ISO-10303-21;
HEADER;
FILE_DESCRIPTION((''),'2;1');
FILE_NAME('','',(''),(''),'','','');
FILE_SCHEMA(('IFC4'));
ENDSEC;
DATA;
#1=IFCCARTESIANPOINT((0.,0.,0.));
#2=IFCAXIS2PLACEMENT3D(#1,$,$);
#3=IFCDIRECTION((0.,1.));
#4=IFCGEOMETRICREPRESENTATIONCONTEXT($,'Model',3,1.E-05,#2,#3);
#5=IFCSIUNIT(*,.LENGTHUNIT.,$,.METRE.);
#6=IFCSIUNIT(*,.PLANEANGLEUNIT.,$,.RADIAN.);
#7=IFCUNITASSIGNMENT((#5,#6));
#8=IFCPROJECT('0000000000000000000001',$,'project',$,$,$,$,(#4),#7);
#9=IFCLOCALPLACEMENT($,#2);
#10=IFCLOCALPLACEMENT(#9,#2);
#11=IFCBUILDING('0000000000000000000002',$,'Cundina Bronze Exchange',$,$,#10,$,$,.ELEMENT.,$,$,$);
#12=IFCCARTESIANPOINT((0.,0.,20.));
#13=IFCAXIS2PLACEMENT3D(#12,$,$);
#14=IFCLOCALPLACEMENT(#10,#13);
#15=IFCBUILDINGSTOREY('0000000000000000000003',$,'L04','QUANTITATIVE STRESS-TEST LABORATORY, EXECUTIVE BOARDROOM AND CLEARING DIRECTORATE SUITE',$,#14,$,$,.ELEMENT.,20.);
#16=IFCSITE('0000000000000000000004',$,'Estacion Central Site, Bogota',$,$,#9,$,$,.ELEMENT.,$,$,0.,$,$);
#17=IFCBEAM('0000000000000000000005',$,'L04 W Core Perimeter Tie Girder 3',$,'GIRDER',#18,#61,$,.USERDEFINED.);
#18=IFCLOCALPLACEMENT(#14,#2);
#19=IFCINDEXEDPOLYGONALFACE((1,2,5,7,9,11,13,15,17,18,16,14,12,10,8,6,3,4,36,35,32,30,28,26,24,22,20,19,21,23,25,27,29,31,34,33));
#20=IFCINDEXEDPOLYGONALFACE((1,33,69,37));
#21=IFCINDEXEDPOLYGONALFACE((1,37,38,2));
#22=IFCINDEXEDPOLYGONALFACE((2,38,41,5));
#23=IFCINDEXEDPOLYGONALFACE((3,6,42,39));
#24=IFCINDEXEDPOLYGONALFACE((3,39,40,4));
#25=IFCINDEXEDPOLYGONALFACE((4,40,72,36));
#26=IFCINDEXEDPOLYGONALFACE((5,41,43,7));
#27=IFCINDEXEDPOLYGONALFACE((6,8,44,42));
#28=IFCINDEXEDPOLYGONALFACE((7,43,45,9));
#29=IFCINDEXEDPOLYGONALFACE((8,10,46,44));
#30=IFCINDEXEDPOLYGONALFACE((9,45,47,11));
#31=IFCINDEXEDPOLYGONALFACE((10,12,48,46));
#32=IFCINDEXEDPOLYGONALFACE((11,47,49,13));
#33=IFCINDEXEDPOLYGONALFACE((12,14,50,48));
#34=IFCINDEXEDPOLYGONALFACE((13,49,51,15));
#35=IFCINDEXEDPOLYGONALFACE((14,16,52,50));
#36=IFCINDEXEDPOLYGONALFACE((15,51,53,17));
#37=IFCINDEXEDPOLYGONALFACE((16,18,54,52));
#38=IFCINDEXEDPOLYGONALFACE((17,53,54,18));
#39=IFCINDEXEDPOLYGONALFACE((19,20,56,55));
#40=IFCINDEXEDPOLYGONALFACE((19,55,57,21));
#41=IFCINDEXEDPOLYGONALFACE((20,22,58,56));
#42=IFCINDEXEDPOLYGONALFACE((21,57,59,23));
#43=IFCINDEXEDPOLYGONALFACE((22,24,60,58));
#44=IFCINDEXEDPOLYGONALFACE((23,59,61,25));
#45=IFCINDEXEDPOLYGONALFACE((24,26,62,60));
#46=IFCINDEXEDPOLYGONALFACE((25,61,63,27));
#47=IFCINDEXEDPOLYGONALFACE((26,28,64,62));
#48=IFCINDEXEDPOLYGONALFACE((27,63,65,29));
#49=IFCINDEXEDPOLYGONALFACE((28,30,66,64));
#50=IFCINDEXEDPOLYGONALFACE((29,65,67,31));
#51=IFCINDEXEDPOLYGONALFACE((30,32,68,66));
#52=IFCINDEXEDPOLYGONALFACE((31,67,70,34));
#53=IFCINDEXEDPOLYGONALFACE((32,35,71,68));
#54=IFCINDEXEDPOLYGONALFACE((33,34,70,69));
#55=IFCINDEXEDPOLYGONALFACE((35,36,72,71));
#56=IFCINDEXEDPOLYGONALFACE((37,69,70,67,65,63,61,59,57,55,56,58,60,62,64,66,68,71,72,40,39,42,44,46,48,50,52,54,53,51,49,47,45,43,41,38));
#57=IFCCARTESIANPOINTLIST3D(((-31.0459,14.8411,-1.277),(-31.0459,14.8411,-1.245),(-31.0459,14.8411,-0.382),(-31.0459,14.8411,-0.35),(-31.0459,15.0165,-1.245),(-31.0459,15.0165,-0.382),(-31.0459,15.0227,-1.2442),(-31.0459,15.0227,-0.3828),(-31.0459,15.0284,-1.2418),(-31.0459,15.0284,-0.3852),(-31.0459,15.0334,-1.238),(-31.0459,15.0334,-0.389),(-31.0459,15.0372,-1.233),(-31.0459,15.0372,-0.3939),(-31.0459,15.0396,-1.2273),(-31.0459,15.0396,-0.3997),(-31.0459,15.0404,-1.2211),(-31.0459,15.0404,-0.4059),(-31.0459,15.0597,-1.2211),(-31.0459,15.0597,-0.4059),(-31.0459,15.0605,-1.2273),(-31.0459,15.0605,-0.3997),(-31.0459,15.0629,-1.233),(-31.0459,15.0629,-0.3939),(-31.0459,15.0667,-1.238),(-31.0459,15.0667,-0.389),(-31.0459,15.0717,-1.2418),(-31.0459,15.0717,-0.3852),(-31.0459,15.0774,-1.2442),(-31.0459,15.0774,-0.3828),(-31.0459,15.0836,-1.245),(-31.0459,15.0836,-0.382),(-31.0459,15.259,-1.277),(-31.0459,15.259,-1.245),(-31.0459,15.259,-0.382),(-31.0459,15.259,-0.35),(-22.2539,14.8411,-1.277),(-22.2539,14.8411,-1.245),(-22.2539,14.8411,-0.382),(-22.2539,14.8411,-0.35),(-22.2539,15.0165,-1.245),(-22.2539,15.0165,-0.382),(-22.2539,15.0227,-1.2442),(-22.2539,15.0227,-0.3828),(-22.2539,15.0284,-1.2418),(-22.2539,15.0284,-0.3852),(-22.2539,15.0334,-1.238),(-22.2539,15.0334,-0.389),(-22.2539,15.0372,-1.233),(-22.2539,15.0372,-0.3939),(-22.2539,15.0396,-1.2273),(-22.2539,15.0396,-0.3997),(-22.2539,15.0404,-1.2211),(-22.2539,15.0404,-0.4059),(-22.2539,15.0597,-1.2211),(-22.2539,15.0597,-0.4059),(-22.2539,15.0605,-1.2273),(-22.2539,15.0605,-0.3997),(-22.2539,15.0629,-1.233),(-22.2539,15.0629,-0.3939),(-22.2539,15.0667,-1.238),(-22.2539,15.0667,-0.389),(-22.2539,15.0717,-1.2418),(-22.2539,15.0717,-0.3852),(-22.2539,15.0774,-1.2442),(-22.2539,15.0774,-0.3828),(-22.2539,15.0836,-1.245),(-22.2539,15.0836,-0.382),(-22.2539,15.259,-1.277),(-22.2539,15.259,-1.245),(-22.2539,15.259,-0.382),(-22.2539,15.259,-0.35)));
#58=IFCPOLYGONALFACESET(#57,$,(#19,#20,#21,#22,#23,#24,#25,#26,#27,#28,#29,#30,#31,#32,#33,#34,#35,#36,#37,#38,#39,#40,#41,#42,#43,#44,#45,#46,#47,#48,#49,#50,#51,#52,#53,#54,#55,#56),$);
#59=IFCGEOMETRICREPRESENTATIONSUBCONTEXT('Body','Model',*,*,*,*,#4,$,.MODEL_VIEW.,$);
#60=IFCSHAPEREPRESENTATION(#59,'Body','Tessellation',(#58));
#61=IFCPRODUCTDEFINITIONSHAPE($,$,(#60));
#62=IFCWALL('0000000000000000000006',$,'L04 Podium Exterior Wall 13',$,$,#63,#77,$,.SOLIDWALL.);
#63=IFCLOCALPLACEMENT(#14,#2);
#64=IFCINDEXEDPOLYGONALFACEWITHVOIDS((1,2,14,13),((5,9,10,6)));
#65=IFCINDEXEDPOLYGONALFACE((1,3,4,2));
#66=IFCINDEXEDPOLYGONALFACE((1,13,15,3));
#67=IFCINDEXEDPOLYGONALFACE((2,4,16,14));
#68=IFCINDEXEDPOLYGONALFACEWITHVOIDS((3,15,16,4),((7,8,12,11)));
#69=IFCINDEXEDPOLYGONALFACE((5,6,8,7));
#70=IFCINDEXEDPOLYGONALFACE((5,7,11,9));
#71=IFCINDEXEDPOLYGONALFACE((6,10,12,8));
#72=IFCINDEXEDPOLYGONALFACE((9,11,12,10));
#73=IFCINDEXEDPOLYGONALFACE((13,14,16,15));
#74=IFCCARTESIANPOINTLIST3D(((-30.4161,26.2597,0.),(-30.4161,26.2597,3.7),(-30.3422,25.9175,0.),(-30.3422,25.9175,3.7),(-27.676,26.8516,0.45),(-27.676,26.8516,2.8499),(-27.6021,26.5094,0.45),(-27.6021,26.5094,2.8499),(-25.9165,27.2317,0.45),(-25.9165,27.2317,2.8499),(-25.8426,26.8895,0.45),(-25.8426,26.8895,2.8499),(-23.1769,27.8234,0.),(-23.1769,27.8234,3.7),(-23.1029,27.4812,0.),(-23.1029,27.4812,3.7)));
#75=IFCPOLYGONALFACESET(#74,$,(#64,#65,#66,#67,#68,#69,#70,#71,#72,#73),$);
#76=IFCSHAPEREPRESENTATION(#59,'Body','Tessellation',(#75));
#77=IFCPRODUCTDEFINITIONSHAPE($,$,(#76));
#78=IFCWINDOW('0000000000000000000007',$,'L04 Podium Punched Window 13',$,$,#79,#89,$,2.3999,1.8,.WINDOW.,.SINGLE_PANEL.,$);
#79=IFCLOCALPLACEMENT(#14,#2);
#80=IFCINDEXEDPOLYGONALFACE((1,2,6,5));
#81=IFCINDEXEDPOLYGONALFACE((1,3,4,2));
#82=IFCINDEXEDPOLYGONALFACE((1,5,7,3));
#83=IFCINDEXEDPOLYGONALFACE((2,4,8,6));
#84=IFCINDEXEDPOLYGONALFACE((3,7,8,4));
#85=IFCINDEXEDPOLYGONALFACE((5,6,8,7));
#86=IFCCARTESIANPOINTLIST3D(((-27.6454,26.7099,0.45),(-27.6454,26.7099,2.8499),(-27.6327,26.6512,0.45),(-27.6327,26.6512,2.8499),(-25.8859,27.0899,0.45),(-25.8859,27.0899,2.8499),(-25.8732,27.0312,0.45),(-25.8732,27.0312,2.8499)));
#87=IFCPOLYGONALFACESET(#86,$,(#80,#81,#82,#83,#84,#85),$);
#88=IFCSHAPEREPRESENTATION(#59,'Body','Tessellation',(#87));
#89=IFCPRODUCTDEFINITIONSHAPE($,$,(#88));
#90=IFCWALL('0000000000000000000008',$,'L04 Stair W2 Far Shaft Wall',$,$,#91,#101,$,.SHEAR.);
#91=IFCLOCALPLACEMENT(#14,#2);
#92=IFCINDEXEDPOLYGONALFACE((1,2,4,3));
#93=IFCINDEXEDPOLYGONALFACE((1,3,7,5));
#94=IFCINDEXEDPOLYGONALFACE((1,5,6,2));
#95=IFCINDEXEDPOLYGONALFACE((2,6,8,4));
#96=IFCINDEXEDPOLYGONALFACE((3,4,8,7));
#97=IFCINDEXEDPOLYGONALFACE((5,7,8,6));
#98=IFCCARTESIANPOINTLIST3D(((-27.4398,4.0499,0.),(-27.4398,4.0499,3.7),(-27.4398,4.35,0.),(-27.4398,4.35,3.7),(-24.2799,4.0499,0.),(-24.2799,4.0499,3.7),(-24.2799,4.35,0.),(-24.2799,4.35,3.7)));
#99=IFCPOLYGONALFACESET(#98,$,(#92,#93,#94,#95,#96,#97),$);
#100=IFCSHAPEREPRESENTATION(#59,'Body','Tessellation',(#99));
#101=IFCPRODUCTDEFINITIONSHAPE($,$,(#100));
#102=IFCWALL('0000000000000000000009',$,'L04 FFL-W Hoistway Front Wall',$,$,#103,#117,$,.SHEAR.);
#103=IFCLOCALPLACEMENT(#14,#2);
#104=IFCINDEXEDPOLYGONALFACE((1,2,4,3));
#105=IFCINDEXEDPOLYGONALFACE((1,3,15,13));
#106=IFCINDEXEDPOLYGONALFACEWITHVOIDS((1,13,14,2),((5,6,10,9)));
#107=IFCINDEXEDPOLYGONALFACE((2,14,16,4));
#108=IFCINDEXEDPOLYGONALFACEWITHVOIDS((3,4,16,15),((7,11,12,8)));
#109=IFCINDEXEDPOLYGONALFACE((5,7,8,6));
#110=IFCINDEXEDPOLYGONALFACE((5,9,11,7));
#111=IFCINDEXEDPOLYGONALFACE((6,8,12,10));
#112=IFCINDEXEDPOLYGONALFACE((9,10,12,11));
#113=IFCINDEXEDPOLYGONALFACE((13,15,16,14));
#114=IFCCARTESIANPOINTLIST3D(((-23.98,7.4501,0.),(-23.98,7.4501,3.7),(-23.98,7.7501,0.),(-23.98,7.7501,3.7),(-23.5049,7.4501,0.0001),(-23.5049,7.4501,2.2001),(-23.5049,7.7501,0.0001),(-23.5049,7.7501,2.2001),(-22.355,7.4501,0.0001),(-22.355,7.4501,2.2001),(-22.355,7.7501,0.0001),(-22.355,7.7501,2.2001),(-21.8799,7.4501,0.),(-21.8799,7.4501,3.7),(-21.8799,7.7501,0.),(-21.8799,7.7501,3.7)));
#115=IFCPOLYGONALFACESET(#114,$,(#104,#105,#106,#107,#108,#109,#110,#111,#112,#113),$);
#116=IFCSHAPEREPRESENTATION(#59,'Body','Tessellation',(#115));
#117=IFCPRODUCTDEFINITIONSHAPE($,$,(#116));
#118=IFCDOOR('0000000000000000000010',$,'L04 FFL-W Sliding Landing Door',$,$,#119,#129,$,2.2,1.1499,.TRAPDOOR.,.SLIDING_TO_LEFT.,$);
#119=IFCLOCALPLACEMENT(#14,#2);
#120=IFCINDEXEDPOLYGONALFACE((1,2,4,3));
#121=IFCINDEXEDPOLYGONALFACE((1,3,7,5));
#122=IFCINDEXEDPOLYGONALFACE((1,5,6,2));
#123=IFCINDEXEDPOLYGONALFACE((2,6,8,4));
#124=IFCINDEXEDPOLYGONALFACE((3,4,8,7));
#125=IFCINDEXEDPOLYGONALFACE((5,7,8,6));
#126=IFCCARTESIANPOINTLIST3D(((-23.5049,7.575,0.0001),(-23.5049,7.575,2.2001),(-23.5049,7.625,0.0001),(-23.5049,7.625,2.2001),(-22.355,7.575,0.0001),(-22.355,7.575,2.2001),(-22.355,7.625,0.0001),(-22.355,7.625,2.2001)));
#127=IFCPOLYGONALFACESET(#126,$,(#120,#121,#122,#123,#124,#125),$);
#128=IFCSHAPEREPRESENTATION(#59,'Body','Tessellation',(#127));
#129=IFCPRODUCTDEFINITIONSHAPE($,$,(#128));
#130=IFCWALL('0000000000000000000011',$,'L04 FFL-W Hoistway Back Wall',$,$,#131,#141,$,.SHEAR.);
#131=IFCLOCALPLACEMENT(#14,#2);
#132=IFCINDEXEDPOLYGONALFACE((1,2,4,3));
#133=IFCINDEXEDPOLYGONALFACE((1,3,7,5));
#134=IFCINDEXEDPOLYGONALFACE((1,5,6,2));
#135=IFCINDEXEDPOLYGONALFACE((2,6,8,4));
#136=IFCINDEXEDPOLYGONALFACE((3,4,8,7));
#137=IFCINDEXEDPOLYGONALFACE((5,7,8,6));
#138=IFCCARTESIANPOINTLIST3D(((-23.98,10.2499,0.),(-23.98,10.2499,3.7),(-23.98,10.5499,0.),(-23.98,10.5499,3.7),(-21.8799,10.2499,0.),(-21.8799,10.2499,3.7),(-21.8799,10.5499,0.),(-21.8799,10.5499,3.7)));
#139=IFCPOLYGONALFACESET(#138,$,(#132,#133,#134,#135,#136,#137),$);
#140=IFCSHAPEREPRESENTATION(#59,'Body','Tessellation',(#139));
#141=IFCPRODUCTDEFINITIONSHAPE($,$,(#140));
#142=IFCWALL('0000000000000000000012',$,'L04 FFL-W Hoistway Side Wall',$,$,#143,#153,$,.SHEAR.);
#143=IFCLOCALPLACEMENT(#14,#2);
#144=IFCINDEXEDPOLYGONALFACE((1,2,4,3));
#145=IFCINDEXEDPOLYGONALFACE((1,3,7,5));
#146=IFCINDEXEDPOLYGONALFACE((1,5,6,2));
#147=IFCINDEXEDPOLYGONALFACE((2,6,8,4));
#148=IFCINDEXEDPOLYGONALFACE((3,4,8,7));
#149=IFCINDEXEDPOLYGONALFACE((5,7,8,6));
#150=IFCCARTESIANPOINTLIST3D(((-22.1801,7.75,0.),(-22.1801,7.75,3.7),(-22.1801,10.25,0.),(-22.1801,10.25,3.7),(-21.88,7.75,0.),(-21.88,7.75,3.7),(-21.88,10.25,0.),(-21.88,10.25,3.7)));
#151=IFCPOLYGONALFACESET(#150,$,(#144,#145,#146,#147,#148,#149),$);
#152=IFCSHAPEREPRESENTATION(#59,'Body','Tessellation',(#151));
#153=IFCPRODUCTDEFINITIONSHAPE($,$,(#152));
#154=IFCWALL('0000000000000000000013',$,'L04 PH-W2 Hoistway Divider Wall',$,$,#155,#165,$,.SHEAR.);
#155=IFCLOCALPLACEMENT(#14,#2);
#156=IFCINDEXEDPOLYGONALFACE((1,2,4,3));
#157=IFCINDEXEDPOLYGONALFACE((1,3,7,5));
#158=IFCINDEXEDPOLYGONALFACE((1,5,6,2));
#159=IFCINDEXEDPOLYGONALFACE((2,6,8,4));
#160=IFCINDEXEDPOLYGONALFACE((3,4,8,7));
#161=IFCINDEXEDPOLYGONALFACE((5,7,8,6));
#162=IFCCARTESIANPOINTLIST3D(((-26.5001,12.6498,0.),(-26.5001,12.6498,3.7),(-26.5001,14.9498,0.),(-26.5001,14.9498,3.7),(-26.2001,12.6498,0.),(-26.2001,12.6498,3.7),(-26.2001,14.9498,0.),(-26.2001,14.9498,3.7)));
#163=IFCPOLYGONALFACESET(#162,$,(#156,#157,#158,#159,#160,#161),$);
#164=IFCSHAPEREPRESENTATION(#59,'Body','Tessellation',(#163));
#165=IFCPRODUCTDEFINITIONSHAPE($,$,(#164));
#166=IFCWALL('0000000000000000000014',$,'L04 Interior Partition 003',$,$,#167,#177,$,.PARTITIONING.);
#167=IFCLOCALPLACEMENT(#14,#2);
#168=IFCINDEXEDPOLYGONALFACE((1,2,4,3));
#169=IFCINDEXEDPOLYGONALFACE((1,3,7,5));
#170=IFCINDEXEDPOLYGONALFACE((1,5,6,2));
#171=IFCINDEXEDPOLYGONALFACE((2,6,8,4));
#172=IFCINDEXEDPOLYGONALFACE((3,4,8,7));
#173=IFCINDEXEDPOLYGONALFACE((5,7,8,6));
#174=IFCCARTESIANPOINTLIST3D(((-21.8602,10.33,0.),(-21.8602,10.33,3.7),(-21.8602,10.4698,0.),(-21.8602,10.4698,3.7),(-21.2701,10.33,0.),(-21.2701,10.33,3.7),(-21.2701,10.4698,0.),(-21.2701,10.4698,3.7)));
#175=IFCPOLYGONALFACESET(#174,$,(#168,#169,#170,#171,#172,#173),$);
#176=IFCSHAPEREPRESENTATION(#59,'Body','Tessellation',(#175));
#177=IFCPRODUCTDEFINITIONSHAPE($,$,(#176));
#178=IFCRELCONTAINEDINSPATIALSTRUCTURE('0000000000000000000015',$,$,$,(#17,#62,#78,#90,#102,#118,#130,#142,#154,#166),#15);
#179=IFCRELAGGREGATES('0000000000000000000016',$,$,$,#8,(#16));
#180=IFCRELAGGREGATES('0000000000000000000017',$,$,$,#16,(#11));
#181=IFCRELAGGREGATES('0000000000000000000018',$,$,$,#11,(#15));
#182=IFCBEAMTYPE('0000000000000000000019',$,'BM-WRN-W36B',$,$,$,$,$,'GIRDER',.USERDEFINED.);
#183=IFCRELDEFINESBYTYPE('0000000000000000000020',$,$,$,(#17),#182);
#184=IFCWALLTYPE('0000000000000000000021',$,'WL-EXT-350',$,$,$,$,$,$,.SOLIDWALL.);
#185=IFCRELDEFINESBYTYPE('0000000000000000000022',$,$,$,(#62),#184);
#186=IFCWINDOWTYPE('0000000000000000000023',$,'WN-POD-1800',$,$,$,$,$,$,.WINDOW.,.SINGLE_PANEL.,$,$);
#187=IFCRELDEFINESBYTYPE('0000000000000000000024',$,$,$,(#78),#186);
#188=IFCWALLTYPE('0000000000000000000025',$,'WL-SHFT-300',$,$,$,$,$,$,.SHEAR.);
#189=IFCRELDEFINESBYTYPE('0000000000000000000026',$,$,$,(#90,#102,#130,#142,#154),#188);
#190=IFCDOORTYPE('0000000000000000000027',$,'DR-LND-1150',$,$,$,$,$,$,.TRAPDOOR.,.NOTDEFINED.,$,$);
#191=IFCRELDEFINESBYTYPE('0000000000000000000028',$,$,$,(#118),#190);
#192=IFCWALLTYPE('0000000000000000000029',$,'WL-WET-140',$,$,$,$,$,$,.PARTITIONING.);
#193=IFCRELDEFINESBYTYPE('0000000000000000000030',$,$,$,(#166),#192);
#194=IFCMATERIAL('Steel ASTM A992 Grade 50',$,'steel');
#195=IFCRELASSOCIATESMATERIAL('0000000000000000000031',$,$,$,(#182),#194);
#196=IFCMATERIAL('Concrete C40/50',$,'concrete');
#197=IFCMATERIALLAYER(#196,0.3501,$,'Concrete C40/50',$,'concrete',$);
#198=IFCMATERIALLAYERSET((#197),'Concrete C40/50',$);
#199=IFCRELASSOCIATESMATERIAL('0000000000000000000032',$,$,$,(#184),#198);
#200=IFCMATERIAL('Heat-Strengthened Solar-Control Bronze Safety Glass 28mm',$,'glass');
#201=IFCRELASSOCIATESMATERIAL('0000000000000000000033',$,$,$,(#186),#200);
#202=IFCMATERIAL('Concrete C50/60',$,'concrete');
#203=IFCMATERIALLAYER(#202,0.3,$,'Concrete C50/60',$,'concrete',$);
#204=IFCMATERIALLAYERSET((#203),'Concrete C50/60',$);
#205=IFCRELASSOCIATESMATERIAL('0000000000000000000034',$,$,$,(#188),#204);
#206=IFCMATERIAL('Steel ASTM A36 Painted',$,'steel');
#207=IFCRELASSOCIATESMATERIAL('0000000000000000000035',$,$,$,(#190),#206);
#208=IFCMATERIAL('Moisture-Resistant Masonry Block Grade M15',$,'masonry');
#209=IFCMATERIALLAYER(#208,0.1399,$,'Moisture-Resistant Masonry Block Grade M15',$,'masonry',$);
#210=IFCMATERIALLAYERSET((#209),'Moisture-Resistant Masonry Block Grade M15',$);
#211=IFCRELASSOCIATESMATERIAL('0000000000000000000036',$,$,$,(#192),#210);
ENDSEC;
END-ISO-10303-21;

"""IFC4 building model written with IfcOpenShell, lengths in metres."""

from ifc_helpers import new_model, si_unit, direction, frame, frame_2d, origin, origin_2d, place, context, subcontext, project, spatial, rectangle, i_section, extrude, material, layer, layer_set, material_profile, profile_set, type_object, element, fill, save


model = new_model("IFC4")

# Units and contexts
model_context = context("Model", 3, precision=1e-05, world=origin(), true_north=direction((0.0, 1.0)))
body_context = subcontext(model_context, "Body", "Model", "MODEL_VIEW")
ifc_project = project(units=[si_unit("LENGTHUNIT", "METRE"), si_unit("PLANEANGLEUNIT", "RADIAN")], contexts=[model_context])

# Site, building, storey
site_placement = place(None, origin())
site = spatial("IfcSite", under=ifc_project, at=site_placement, Name="Estacion Central Site, Bogota", CompositionType="ELEMENT", RefElevation=0.0)
building_placement = place(site_placement, origin())
building = spatial("IfcBuilding", under=site, at=building_placement, Name="Cundina Bronze Exchange", CompositionType="ELEMENT")
storey_placement = place(building_placement, frame((0.0, 0.0, 20.0)))
storey = spatial("IfcBuildingStorey", under=building, at=storey_placement, Name="L04", Description="QUANTITATIVE STRESS-TEST LABORATORY, EXECUTIVE BOARDROOM AND CLEARING DIRECTORATE SUITE", CompositionType="ELEMENT", Elevation=20.0)

# Shared definitions
ifc_material_1 = material(Name="Steel ASTM A992 Grade 50", Category="steel")

# Beam
ifc_material_profile_1 = material_profile(ifc_material_1, i_section(OverallWidth=0.418, OverallDepth=0.927, WebThickness=0.0193, FlangeThickness=0.032, FilletRadius=0.0239, at=origin_2d()), Name="W36X231", Category="steel")
ifc_profile_set_1 = profile_set([ifc_material_profile_1], Name="Steel ASTM A992 Grade 50")
beam_type_1 = type_object("IfcBeamType", Name="BM-WRN-W36B", ElementType="GIRDER", PredefinedType="USERDEFINED", material=ifc_profile_set_1)
beam_1_placement = place(storey_placement, frame((-22.2539, 15.05, -0.8135), z_axis=(-1.0, 0.0, 0.0), x_axis=(0.0, -1.0, 0.0)))
element("IfcBeam", 1, at=beam_1_placement, inside=storey, type_object=beam_type_1, Name="L04 W Core Perimeter Tie Girder 3", ObjectType="GIRDER", PredefinedType="USERDEFINED", context=body_context, shape_type="SweptSolid", body=[
    extrude(i_section(OverallWidth=0.418, OverallDepth=0.927, WebThickness=0.0193, FlangeThickness=0.032, FilletRadius=0.0239, at=origin_2d()), origin(), (0.0, 0.0, 1.0), 8.792),
])

# Wall, opening, window
ifc_material_2 = material(Name="Concrete C40/50", Category="concrete")
ifc_layer_1 = layer(ifc_material_2, 0.3501, Name="Concrete C40/50", Category="concrete")
ifc_layer_set_1 = layer_set([ifc_layer_1], Name="Concrete C40/50")
wall_type_1 = type_object("IfcWallType", Name="WL-EXT-350", PredefinedType="SOLIDWALL", material=ifc_layer_set_1)
wall_1_placement = place(storey_placement, frame((-23.1399, 27.6523, 0.0), z_axis=(0.0, 0.0, 1.0), x_axis=(-0.977457, -0.211136, 0.0)))
wall_1 = element("IfcWall", 2, at=wall_1_placement, inside=storey, type_object=wall_type_1, Name="L04 Podium Exterior Wall 13", PredefinedType="SOLIDWALL", context=body_context, shape_type="SweptSolid", body=[
    extrude(rectangle(XDim=7.4062, YDim=0.3501, at=frame_2d((3.7031, 0.0))), origin(), (0.0, 0.0, 1.0), 3.7),
])
opening_1_placement = place(wall_1_placement, frame((2.803, 0.0, 0.45)))
opening_1 = element("IfcOpeningElement", 3, at=opening_1_placement, cuts=wall_1, PredefinedType="OPENING", context=body_context, shape_type="SweptSolid", body=[
    extrude(rectangle(XDim=1.8, YDim=2.3999, at=frame_2d((0.8999, 1.2))), frame((0.0, 0.1851, 0.0), z_axis=(0.0, -1.0, 0.0), x_axis=(1.0, 0.0, 0.0)), (0.0, 0.0, 1.0), 0.3701),
])
ifc_material_3 = material(Name="Heat-Strengthened Solar-Control Bronze Safety Glass 28mm", Category="glass")
window_type = type_object("IfcWindowType", Name="WN-POD-1800", PartitioningType="SINGLE_PANEL", PredefinedType="WINDOW", material=ifc_material_3)
window_placement = place(opening_1_placement, origin())
window = element("IfcWindow", 4, at=window_placement, inside=storey, type_object=window_type, Name="L04 Podium Punched Window 13", OverallHeight=2.3999, OverallWidth=1.8, PartitioningType="SINGLE_PANEL", PredefinedType="WINDOW", context=body_context, shape_type="SweptSolid", body=[
    extrude(rectangle(XDim=1.8, YDim=2.3999, at=frame_2d((0.8999, 1.2))), frame((0.0, 0.03, 0.0), z_axis=(0.0, -1.0, 0.0), x_axis=(1.0, 0.0, 0.0)), (0.0, 0.0, 1.0), 0.0601),
])
fill(opening_1, window)

# Shared definitions
ifc_material_4 = material(Name="Concrete C50/60", Category="concrete")
ifc_layer_2 = layer(ifc_material_4, 0.3, Name="Concrete C50/60", Category="concrete")
ifc_layer_set_2 = layer_set([ifc_layer_2], Name="Concrete C50/60")
wall_type_2 = type_object("IfcWallType", Name="WL-SHFT-300", PredefinedType="SHEAR", material=ifc_layer_set_2)
ifc_material_5 = material(Name="Steel ASTM A36 Painted", Category="steel")

# Wall
wall_2_placement = place(storey_placement, frame((-27.4399, 4.2, 0.0), z_axis=(0.0, 0.0, 1.0), x_axis=(1.0, 0.0, 0.0)))
element("IfcWall", 5, at=wall_2_placement, inside=storey, type_object=wall_type_2, Name="L04 Stair W2 Far Shaft Wall", PredefinedType="SHEAR", context=body_context, shape_type="SweptSolid", body=[
    extrude(rectangle(XDim=3.1599, YDim=0.3, at=frame_2d((1.5801, 0.0))), origin(), (0.0, 0.0, 1.0), 3.7),
])

# Wall, opening, door
wall_3_placement = place(storey_placement, frame((-23.98, 7.6001, 0.0), z_axis=(0.0, 0.0, 1.0), x_axis=(1.0, 0.0, 0.0)))
wall_3 = element("IfcWall", 6, at=wall_3_placement, inside=storey, type_object=wall_type_2, Name="L04 FFL-W Hoistway Front Wall", PredefinedType="SHEAR", context=body_context, shape_type="SweptSolid", body=[
    extrude(rectangle(XDim=2.1001, YDim=0.3, at=frame_2d((1.05, 0.0))), origin(), (0.0, 0.0, 1.0), 3.7),
])
opening_2_placement = place(wall_3_placement, frame((0.4751, 0.0, 0.0)))
opening_2 = element("IfcOpeningElement", 7, at=opening_2_placement, cuts=wall_3, PredefinedType="OPENING", context=body_context, shape_type="SweptSolid", body=[
    extrude(rectangle(XDim=1.1499, YDim=2.2, at=frame_2d((0.575, 1.1001))), frame((0.0, 0.1599, 0.0), z_axis=(0.0, -1.0, 0.0), x_axis=(1.0, 0.0, 0.0)), (0.0, 0.0, 1.0), 0.3201),
])
door_type_1 = type_object("IfcDoorType", Name="DR-LND-1150", OperationType="NOTDEFINED", PredefinedType="TRAPDOOR", material=ifc_material_5)
door_1_placement = place(opening_2_placement, origin())
door_1 = element("IfcDoor", 8, at=door_1_placement, inside=storey, type_object=door_type_1, Name="L04 FFL-W Sliding Landing Door", OperationType="SLIDING_TO_LEFT", OverallHeight=2.2, OverallWidth=1.1499, PredefinedType="TRAPDOOR", context=body_context, shape_type="SweptSolid", body=[
    extrude(rectangle(XDim=1.1499, YDim=2.2, at=frame_2d((0.575, 1.1001))), frame((0.0, 0.0249, 0.0), z_axis=(0.0, -1.0, 0.0), x_axis=(1.0, 0.0, 0.0)), (0.0, 0.0, 1.0), 0.05),
])
fill(opening_2, door_1)

# Walls
wall_4_placement = place(storey_placement, frame((-23.98, 10.3999, 0.0), z_axis=(0.0, 0.0, 1.0), x_axis=(1.0, 0.0, 0.0)))
element("IfcWall", 9, at=wall_4_placement, inside=storey, type_object=wall_type_2, Name="L04 FFL-W Hoistway Back Wall", PredefinedType="SHEAR", context=body_context, shape_type="SweptSolid", body=[
    extrude(rectangle(XDim=2.1001, YDim=0.3, at=frame_2d((1.05, 0.0))), origin(), (0.0, 0.0, 1.0), 3.7),
])
wall_5_placement = place(storey_placement, frame((-22.03, 7.75, 0.0), z_axis=(0.0, 0.0, 1.0), x_axis=(0.0, 1.0, 0.0)))
element("IfcWall", 10, at=wall_5_placement, inside=storey, type_object=wall_type_2, Name="L04 FFL-W Hoistway Side Wall", PredefinedType="SHEAR", context=body_context, shape_type="SweptSolid", body=[
    extrude(rectangle(XDim=2.5, YDim=0.3, at=frame_2d((1.25, 0.0))), origin(), (0.0, 0.0, 1.0), 3.7),
])
wall_6_placement = place(storey_placement, frame((-26.3501, 12.6499, 0.0), z_axis=(0.0, 0.0, 1.0), x_axis=(0.0, 1.0, 0.0)))
element("IfcWall", 11, at=wall_6_placement, inside=storey, type_object=wall_type_2, Name="L04 PH-W2 Hoistway Divider Wall", PredefinedType="SHEAR", context=body_context, shape_type="SweptSolid", body=[
    extrude(rectangle(XDim=2.3, YDim=0.3, at=frame_2d((1.1499, 0.0))), origin(), (0.0, 0.0, 1.0), 3.7),
])
ifc_material_6 = material(Name="Moisture-Resistant Masonry Block Grade M15", Category="masonry")
ifc_layer_3 = layer(ifc_material_6, 0.1399, Name="Moisture-Resistant Masonry Block Grade M15", Category="masonry")
ifc_layer_set_3 = layer_set([ifc_layer_3], Name="Moisture-Resistant Masonry Block Grade M15")
wall_type_3 = type_object("IfcWallType", Name="WL-WET-140", PredefinedType="PARTITIONING", material=ifc_layer_set_3)
wall_7_placement = place(storey_placement, frame((-21.8601, 10.3999, 0.0), z_axis=(0.0, 0.0, 1.0), x_axis=(1.0, 0.0, 0.0)))
element("IfcWall", 12, at=wall_7_placement, inside=storey, type_object=wall_type_3, Name="L04 Interior Partition 003", PredefinedType="PARTITIONING", context=body_context, shape_type="SweptSolid", body=[
    extrude(rectangle(XDim=0.5901, YDim=0.1399, at=frame_2d((0.2949, 0.0))), origin(), (0.0, 0.0, 1.0), 3.7),
])

save(model, "model.ifc")
